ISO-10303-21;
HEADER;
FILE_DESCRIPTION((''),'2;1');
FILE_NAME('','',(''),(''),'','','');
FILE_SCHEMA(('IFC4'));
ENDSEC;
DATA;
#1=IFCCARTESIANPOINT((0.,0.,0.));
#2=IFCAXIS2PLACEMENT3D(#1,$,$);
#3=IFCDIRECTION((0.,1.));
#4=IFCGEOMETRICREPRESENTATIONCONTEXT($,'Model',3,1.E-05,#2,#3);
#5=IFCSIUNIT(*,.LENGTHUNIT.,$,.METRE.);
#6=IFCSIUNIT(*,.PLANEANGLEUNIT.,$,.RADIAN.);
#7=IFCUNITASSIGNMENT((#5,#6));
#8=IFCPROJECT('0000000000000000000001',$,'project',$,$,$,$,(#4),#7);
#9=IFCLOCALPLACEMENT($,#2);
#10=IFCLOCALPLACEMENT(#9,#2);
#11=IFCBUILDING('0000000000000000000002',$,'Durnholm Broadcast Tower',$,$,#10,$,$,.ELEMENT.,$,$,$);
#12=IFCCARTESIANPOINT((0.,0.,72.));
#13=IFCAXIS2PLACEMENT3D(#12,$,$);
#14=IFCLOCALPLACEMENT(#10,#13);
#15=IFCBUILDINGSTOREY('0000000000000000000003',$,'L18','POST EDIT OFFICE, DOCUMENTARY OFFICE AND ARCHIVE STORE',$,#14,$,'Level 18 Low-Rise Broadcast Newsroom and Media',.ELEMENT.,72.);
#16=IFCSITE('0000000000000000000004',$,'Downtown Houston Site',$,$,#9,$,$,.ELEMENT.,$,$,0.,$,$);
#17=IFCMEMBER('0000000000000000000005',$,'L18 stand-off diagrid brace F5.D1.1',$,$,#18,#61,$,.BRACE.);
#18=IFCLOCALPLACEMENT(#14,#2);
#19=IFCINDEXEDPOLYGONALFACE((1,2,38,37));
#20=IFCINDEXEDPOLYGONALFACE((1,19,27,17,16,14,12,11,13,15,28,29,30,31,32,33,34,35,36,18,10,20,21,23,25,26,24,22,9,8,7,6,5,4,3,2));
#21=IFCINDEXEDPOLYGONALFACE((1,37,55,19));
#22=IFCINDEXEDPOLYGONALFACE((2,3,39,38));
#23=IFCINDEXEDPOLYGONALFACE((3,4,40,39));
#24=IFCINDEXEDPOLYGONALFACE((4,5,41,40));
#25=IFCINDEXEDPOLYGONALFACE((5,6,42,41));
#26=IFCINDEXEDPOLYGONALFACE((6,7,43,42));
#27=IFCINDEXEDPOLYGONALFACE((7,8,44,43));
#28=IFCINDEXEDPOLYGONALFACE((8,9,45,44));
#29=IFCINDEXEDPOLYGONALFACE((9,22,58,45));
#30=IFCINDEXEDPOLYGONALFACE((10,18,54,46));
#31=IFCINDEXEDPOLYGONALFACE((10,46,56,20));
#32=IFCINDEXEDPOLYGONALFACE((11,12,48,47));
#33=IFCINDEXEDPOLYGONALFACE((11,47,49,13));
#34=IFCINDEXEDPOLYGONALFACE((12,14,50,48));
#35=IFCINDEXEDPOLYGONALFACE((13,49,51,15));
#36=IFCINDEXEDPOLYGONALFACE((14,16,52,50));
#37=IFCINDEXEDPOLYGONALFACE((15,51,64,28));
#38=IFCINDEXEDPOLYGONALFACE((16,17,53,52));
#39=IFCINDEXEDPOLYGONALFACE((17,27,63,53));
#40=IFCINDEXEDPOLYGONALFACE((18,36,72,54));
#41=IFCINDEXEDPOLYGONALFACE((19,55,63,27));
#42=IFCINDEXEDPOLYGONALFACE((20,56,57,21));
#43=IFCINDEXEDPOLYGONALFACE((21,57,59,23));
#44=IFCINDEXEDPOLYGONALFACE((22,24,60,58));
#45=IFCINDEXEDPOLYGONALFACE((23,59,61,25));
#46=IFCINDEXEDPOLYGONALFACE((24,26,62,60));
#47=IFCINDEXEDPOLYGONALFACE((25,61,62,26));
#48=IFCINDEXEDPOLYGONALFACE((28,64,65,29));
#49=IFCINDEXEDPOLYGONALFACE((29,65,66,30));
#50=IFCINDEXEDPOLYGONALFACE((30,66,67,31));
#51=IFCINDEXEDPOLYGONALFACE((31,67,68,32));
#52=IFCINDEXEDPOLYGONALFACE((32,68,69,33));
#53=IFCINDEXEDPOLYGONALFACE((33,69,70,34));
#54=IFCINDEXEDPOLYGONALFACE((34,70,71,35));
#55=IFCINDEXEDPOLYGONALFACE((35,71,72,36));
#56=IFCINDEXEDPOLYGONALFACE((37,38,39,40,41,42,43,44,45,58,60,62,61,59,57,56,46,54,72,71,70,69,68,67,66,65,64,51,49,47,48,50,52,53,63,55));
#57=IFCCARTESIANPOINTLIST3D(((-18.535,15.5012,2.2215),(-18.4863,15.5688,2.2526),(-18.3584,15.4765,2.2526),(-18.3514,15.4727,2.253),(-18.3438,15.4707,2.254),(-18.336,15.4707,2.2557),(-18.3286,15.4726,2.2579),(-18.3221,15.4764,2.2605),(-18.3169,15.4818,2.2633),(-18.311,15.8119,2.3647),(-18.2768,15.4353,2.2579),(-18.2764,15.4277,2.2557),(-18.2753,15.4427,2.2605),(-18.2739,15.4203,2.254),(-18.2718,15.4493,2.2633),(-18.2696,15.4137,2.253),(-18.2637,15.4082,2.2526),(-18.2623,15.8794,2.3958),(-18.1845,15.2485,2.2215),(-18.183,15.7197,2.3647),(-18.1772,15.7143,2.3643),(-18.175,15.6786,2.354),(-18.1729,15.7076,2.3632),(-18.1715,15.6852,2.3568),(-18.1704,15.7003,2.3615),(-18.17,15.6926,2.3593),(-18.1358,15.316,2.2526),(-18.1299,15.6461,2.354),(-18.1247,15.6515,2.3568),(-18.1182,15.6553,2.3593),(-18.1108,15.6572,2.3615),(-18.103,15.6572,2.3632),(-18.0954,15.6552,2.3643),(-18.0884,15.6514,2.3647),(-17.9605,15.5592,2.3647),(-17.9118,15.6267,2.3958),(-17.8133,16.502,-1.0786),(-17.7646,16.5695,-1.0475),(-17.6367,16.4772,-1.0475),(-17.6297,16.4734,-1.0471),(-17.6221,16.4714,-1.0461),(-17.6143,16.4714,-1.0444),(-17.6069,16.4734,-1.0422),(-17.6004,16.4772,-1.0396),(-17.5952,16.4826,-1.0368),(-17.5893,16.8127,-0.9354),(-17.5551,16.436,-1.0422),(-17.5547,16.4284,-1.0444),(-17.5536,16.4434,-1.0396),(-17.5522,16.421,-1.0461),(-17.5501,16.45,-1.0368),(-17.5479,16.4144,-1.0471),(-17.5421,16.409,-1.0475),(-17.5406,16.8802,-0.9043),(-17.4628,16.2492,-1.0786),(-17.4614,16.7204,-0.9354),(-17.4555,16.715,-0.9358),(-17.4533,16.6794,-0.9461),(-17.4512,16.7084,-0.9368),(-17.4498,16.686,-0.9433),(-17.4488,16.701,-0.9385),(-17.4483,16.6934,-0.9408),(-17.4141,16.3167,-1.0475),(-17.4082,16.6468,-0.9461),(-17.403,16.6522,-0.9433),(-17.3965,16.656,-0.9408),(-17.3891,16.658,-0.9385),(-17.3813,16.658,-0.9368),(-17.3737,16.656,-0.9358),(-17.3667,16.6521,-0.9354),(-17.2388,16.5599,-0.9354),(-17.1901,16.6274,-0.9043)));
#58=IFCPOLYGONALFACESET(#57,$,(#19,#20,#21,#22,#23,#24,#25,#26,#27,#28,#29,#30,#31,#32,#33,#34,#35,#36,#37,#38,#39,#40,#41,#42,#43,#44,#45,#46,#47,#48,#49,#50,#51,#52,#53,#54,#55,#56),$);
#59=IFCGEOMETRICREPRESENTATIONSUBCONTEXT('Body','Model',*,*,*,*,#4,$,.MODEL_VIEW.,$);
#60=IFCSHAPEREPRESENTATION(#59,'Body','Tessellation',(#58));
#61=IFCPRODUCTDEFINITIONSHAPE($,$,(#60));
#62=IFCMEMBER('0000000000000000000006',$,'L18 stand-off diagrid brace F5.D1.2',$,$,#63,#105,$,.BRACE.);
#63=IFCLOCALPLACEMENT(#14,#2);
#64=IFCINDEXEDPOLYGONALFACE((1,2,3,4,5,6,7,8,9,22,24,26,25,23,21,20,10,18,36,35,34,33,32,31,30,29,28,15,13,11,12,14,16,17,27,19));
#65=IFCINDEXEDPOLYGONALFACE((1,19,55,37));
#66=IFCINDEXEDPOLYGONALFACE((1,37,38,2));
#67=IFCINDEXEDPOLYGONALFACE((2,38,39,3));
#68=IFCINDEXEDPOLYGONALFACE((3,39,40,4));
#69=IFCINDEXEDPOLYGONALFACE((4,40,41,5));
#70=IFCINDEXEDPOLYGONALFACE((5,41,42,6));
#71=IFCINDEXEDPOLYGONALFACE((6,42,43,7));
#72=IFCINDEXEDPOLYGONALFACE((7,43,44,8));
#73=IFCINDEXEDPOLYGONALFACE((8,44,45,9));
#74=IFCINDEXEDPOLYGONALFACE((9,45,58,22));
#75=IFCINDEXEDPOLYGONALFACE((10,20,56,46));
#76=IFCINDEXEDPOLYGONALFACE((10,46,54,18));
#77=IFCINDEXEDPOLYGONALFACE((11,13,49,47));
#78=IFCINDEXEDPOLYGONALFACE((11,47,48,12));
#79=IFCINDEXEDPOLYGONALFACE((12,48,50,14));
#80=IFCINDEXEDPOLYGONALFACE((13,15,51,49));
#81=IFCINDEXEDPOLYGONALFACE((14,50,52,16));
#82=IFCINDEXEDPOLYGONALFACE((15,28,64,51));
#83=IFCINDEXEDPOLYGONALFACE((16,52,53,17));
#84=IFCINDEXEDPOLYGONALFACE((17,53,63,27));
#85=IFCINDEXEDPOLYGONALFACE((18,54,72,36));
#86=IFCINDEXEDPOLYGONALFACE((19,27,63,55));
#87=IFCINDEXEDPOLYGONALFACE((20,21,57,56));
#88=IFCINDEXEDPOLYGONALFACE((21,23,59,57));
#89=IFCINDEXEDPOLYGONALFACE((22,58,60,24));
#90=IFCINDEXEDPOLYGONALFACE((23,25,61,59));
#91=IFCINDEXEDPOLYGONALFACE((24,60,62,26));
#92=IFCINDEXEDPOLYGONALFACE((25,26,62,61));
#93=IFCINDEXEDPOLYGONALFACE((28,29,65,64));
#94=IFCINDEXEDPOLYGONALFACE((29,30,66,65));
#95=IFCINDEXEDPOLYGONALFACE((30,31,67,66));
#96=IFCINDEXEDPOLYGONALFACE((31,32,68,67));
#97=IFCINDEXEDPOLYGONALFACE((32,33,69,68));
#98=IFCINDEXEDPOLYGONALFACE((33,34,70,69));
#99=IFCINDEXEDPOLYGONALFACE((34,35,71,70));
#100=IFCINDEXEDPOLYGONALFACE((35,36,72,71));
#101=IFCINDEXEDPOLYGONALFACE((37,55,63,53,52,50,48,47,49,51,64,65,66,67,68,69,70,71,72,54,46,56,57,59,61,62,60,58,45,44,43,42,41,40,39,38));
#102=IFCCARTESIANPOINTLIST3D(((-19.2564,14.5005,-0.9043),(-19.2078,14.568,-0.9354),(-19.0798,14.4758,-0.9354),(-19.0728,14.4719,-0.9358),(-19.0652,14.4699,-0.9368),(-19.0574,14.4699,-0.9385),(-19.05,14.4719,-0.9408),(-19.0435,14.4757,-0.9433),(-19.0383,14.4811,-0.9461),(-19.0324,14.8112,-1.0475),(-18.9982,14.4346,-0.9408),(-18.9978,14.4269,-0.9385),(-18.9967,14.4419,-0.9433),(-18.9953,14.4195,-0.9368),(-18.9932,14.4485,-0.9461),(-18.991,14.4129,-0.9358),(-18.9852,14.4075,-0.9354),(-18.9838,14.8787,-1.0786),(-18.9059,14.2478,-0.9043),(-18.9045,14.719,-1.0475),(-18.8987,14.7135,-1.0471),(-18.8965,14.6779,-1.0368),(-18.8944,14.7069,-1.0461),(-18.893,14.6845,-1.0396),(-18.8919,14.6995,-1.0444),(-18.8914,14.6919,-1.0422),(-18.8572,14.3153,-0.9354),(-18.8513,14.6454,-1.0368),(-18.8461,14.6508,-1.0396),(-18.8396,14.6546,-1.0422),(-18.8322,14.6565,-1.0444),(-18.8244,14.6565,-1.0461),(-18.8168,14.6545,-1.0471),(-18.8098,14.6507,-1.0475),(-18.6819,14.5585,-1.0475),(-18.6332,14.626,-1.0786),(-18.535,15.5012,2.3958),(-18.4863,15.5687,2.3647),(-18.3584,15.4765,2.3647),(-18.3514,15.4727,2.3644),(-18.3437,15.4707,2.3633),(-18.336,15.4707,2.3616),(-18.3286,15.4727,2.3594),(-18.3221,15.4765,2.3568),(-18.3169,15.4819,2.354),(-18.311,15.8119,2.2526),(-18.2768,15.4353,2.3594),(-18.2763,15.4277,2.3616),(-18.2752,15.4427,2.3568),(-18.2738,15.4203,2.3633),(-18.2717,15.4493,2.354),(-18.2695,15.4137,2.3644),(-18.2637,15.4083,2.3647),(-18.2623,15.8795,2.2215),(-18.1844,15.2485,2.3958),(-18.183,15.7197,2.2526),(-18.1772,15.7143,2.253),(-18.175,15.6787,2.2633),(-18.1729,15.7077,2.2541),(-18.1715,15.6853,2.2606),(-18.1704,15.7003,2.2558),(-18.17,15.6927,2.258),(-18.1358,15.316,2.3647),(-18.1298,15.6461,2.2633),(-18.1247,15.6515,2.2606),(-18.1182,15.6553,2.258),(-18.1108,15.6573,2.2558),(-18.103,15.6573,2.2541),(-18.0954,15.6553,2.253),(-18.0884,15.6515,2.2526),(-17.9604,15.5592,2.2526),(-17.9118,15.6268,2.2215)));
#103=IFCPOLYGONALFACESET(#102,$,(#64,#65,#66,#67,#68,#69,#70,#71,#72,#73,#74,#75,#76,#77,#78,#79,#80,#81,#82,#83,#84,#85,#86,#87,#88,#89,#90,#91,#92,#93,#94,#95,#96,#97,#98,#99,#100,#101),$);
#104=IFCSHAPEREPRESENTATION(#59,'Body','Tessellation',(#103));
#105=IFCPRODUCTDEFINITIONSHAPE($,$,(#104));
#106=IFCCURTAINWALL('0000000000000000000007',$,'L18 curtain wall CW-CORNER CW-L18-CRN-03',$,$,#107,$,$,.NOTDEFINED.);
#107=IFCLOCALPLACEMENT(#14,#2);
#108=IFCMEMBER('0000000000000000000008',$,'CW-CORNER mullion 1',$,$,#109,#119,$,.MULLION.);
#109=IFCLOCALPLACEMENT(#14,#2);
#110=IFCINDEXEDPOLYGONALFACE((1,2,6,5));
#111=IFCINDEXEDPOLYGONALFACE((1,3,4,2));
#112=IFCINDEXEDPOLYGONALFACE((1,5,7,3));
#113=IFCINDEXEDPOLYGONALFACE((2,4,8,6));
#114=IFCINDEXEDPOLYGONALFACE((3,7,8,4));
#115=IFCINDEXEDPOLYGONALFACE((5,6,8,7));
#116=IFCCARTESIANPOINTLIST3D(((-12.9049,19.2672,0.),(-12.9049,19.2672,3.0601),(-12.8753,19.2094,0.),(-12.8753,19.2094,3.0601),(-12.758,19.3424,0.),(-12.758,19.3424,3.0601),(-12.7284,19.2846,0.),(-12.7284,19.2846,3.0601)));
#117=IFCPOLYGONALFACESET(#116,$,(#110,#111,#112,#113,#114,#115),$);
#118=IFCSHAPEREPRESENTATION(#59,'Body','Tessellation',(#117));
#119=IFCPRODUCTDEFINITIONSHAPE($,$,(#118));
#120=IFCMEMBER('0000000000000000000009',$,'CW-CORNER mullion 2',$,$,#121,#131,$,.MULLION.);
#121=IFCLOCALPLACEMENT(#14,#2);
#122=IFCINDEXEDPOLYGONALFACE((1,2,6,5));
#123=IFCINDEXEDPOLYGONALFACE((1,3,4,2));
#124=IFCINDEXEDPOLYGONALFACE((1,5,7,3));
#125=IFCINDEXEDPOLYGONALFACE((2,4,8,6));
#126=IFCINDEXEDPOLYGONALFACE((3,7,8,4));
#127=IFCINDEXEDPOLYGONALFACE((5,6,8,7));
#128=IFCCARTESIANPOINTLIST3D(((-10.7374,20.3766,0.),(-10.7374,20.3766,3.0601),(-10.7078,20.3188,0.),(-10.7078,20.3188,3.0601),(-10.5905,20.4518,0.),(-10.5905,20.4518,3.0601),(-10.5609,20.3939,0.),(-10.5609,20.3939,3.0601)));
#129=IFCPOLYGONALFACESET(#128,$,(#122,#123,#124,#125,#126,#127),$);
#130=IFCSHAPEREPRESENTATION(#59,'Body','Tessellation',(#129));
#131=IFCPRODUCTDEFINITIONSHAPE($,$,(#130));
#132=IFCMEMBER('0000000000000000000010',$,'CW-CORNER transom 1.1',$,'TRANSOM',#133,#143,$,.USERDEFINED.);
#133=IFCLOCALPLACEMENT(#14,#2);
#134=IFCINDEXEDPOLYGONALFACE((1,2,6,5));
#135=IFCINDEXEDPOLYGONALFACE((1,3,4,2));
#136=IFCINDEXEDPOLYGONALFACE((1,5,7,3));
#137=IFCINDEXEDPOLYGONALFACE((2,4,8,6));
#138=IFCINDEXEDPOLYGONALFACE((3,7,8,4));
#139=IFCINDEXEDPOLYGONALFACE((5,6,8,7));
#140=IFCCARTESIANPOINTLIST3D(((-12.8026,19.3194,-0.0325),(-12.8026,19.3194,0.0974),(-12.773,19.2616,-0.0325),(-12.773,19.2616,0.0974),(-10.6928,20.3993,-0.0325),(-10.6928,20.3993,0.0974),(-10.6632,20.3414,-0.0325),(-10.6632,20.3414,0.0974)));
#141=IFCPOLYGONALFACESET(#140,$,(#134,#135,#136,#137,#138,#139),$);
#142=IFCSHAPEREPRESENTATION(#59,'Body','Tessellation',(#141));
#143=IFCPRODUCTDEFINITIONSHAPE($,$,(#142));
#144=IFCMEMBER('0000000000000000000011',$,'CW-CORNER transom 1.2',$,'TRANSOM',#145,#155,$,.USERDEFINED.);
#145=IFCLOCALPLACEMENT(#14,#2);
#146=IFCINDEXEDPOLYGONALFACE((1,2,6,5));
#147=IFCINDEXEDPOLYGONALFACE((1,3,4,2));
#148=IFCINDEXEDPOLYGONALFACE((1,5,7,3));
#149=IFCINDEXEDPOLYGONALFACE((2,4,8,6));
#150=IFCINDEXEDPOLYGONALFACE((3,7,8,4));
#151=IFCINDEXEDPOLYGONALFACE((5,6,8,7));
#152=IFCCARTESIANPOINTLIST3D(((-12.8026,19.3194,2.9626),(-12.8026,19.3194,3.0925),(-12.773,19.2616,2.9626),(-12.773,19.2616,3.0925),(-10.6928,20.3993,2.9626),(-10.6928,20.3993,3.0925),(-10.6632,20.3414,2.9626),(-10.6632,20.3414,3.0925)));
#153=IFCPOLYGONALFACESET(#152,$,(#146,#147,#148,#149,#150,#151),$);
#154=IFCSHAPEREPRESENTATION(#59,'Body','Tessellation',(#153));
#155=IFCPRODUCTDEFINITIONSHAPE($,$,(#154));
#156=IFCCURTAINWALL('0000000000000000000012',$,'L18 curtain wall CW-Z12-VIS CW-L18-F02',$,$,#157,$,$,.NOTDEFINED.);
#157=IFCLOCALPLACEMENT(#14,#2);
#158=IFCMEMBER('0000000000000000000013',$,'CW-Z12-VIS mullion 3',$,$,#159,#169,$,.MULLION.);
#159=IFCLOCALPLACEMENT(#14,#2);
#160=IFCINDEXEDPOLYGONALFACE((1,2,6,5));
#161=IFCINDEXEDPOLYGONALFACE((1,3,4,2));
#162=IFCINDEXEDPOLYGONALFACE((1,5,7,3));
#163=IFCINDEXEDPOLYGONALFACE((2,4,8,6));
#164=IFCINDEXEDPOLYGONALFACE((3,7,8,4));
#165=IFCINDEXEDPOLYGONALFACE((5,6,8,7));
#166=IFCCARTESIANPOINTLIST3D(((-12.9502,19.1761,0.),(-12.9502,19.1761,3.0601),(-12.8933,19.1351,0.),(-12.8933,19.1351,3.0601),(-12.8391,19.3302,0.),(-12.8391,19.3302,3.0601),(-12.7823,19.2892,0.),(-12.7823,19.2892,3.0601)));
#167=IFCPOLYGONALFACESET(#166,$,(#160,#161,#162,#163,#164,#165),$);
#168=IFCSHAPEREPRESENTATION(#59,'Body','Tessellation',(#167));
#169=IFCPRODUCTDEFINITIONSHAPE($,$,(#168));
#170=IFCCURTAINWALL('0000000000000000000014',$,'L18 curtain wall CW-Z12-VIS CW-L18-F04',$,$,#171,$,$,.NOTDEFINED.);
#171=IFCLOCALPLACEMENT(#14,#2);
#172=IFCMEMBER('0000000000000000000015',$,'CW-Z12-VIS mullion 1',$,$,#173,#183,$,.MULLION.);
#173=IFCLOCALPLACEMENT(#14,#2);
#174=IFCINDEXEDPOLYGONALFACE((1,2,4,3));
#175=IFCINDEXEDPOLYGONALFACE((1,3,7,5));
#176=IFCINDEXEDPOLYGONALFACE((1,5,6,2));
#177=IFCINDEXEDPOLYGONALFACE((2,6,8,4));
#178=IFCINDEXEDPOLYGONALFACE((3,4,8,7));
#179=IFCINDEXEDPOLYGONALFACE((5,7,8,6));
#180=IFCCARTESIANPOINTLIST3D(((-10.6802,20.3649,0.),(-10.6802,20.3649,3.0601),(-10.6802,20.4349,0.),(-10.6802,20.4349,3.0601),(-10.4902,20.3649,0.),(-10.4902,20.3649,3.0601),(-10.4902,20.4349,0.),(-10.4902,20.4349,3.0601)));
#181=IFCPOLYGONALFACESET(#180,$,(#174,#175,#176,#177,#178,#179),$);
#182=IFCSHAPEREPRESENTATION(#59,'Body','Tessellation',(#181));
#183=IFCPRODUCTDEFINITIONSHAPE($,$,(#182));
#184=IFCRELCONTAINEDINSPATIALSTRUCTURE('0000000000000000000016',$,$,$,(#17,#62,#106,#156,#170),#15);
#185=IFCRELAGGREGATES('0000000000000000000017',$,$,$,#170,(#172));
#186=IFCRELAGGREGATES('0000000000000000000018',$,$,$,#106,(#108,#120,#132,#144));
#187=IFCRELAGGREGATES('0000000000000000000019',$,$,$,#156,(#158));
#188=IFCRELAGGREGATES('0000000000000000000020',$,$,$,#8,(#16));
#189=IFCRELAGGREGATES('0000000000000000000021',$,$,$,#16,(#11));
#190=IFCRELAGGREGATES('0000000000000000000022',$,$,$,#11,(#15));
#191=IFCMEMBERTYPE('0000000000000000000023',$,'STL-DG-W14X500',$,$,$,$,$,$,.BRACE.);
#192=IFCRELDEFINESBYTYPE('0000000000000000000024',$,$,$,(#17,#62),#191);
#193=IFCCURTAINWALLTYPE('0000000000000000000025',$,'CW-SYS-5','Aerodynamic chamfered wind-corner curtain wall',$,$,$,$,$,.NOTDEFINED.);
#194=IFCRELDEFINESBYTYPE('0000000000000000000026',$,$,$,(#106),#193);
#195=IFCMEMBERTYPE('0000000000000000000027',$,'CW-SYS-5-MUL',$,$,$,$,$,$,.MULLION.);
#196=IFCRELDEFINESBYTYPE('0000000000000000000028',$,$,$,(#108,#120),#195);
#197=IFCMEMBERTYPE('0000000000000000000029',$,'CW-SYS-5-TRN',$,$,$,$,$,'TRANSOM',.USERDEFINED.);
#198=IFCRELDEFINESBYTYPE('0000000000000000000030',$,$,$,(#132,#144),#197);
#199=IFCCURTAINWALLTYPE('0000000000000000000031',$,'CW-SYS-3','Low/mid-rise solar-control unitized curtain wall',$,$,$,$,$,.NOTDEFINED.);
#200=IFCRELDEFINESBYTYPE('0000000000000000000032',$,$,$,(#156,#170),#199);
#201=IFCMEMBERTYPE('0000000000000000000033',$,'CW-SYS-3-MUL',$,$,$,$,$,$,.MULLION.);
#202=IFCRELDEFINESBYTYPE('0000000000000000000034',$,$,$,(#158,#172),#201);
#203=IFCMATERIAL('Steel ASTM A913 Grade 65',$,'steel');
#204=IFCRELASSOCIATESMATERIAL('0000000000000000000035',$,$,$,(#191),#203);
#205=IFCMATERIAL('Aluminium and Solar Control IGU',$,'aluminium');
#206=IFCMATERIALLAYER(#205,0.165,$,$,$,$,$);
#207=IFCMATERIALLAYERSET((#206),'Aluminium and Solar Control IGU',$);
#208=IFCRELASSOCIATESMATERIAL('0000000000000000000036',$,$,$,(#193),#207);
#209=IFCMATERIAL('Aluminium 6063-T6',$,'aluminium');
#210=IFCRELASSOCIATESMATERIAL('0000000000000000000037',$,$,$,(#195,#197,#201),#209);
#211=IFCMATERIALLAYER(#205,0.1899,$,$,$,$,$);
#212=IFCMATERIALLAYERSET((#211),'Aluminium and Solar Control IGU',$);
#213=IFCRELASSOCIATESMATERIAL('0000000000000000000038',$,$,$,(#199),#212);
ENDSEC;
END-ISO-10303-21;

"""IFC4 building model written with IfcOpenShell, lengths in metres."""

from ifc_helpers import new_model, si_unit, direction, frame, origin, origin_2d, place, context, subcontext, project, spatial, rectangle, i_section, extrude, source, transform, mapped, material, layer, layer_set, material_profile, profile_set, type_object, type_shapes, element, aggregate, save


model = new_model("IFC4")

# Units and contexts
model_context = context("Model", 3, precision=1e-05, world=origin(), true_north=direction((0.0, 1.0)))
body_context = subcontext(model_context, "Body", "Model", "MODEL_VIEW")
ifc_project = project(units=[si_unit("LENGTHUNIT", "METRE"), si_unit("PLANEANGLEUNIT", "RADIAN")], contexts=[model_context])

# Site, building, storey
site_placement = place(None, origin())
site = spatial("IfcSite", under=ifc_project, at=site_placement, Name="Downtown Houston Site", CompositionType="ELEMENT", RefElevation=0.0)
building_placement = place(site_placement, origin())
building = spatial("IfcBuilding", under=site, at=building_placement, Name="Durnholm Broadcast Tower", CompositionType="ELEMENT")
storey_placement = place(building_placement, frame((0.0, 0.0, 72.0)))
storey = spatial("IfcBuildingStorey", under=building, at=storey_placement, Name="L18", Description="POST EDIT OFFICE, DOCUMENTARY OFFICE AND ARCHIVE STORE", LongName="Level 18 Low-Rise Broadcast Newsroom and Media", CompositionType="ELEMENT", Elevation=72.0)

# Members
ifc_material_1 = material(Name="Steel ASTM A913 Grade 65", Category="steel")
ifc_material_profile_1 = material_profile(ifc_material_1, i_section(OverallWidth=0.4321, OverallDepth=0.4978, WebThickness=0.0557, FlangeThickness=0.0889, FilletRadius=0.0305, at=origin_2d()), Name="W14X500")
ifc_profile_set_1 = profile_set([ifc_material_profile_1], Name="Steel ASTM A913 Grade 65")
member_type_1 = type_object("IfcMemberType", Name="STL-DG-W14X500", PredefinedType="BRACE", material=ifc_profile_set_1)
shared_shape_1 = source(origin(), body_context, "Body", "SweptSolid", [
    extrude(i_section(OverallWidth=0.4321, OverallDepth=0.4978, WebThickness=0.0557, FlangeThickness=0.0889, FilletRadius=0.0305, at=origin_2d()), origin(), (0.0, 0.0, 1.0), 3.5232),
])
type_shapes(member_type_1, [shared_shape_1])
for number, where, z_axis, x_axis, name in (
    (1, (-17.5017, 16.5647, -0.9915), (-0.204839, -0.284045, 0.936675), (0.811091, -0.58492, 0.0), "L18 stand-off diagrid brace F5.D1.1"),
    (2, (-18.9448, 14.5632, -0.9915), (0.204773, 0.284049, 0.936688), (-0.811185, 0.584789, 0.0), "L18 stand-off diagrid brace F5.D1.2"),
):
    element("IfcMember", number, at=place(storey_placement, frame(where, z_axis=z_axis, x_axis=x_axis)), inside=storey, type_object=member_type_1, Name=name, PredefinedType="BRACE", context=body_context, shape_type="MappedRepresentation", body=[
        mapped(shared_shape_1, transform((0.0, 0.0, 0.0), x_axis=(1.0, 0.0, 0.0), y_axis=(0.0, 1.0, 0.0), z_axis=(0.0, 0.0, 1.0), scale=1.0)),
    ])

# Curtain wall, members
ifc_material_2 = material(Name="Aluminium and Solar Control IGU", Category="aluminium")
ifc_layer_1 = layer(ifc_material_2, 0.165)
ifc_layer_set_1 = layer_set([ifc_layer_1], Name="Aluminium and Solar Control IGU")
curtain_wall_type_1 = type_object("IfcCurtainWallType", Name="CW-SYS-5", Description="Aerodynamic chamfered wind-corner curtain wall", PredefinedType="NOTDEFINED", material=ifc_layer_set_1)
curtain_wall_1_placement = place(storey_placement, origin())
curtain_wall_1 = element("IfcCurtainWall", 3, at=curtain_wall_1_placement, inside=storey, type_object=curtain_wall_type_1, Name="L18 curtain wall CW-CORNER CW-L18-CRN-03", PredefinedType="NOTDEFINED")
ifc_material_3 = material(Name="Aluminium 6063-T6", Category="aluminium")
ifc_material_profile_2 = material_profile(ifc_material_3, rectangle(XDim=0.0649, YDim=0.165, at=origin_2d()), Name="CWM65X165")
ifc_profile_set_2 = profile_set([ifc_material_profile_2], Name="Aluminium 6063-T6")
member_type_2 = type_object("IfcMemberType", Name="CW-SYS-5-MUL", PredefinedType="MULLION", material=ifc_profile_set_2)
shared_shape_2 = source(origin(), body_context, "Body", "SweptSolid", [
    extrude(rectangle(XDim=0.0649, YDim=0.165, at=origin_2d()), origin(), (0.0, 0.0, 1.0), 3.0601),
])
type_shapes(member_type_2, [shared_shape_2])
member_1_placement = place(storey_placement, frame((-12.8167, 19.2759, 0.0), z_axis=(0.0, 0.0, 1.0), x_axis=(-0.455594, 0.890188, 0.0)))
member_1 = element("IfcMember", 4, at=member_1_placement, type_object=member_type_2, Name="CW-CORNER mullion 1", PredefinedType="MULLION", context=body_context, shape_type="MappedRepresentation", body=[
    mapped(shared_shape_2, transform((0.0, 0.0, 0.0), x_axis=(1.0, 0.0, 0.0), y_axis=(0.0, 1.0, 0.0), z_axis=(0.0, 0.0, 1.0), scale=1.0)),
])
member_2_placement = place(storey_placement, frame((-10.6492, 20.3853, 0.0), z_axis=(0.0, 0.0, 1.0), x_axis=(-0.455594, 0.890188, 0.0)))
member_2 = element("IfcMember", 5, at=member_2_placement, type_object=member_type_2, Name="CW-CORNER mullion 2", PredefinedType="MULLION", context=body_context, shape_type="MappedRepresentation", body=[
    mapped(shared_shape_2, transform((0.0, 0.0, 0.0), x_axis=(1.0, 0.0, 0.0), y_axis=(0.0, 1.0, 0.0), z_axis=(0.0, 0.0, 1.0), scale=1.0)),
])
ifc_material_profile_3 = material_profile(ifc_material_3, rectangle(XDim=0.0649, YDim=0.1299, at=origin_2d()), Name="CWT65X130")
ifc_profile_set_3 = profile_set([ifc_material_profile_3], Name="Aluminium 6063-T6")
member_type_3 = type_object("IfcMemberType", Name="CW-SYS-5-TRN", ElementType="TRANSOM", PredefinedType="USERDEFINED", material=ifc_profile_set_3)
shared_shape_3 = source(origin(), body_context, "Body", "SweptSolid", [
    extrude(rectangle(XDim=0.0649, YDim=0.1299, at=origin_2d()), origin(), (0.0, 0.0, 1.0), 2.3701),
])
type_shapes(member_type_3, [shared_shape_3])
member_3_placement = place(storey_placement, frame((-12.7878, 19.2905, 0.0325), z_axis=(0.890185, 0.455599, 0.0), x_axis=(-0.455599, 0.890185, 0.0)))
member_3 = element("IfcMember", 6, at=member_3_placement, type_object=member_type_3, Name="CW-CORNER transom 1.1", ObjectType="TRANSOM", PredefinedType="USERDEFINED", context=body_context, shape_type="MappedRepresentation", body=[
    mapped(shared_shape_3, transform((0.0, 0.0, 0.0), x_axis=(1.0, 0.0, 0.0), y_axis=(0.0, 1.0, 0.0), z_axis=(0.0, 0.0, 1.0), scale=1.0)),
])
member_4_placement = place(storey_placement, frame((-12.7878, 19.2905, 3.0276), z_axis=(0.890185, 0.455599, 0.0), x_axis=(-0.455599, 0.890185, 0.0)))
member_4 = element("IfcMember", 7, at=member_4_placement, type_object=member_type_3, Name="CW-CORNER transom 1.2", ObjectType="TRANSOM", PredefinedType="USERDEFINED", context=body_context, shape_type="MappedRepresentation", body=[
    mapped(shared_shape_3, transform((0.0, 0.0, 0.0), x_axis=(1.0, 0.0, 0.0), y_axis=(0.0, 1.0, 0.0), z_axis=(0.0, 0.0, 1.0), scale=1.0)),
])

# Curtain wall, member
ifc_layer_2 = layer(ifc_material_2, 0.1899)
ifc_layer_set_2 = layer_set([ifc_layer_2], Name="Aluminium and Solar Control IGU")
curtain_wall_type_2 = type_object("IfcCurtainWallType", Name="CW-SYS-3", Description="Low/mid-rise solar-control unitized curtain wall", PredefinedType="NOTDEFINED", material=ifc_layer_set_2)
curtain_wall_2_placement = place(storey_placement, origin())
curtain_wall_2 = element("IfcCurtainWall", 8, at=curtain_wall_2_placement, inside=storey, type_object=curtain_wall_type_2, Name="L18 curtain wall CW-Z12-VIS CW-L18-F02", PredefinedType="NOTDEFINED")
ifc_material_profile_4 = material_profile(ifc_material_3, rectangle(XDim=0.0701, YDim=0.1899, at=origin_2d()), Name="CWM70X190")
ifc_profile_set_4 = profile_set([ifc_material_profile_4], Name="Aluminium 6063-T6")
member_type_4 = type_object("IfcMemberType", Name="CW-SYS-3-MUL", PredefinedType="MULLION", material=ifc_profile_set_4)
shared_shape_4 = source(origin(), body_context, "Body", "SweptSolid", [
    extrude(rectangle(XDim=0.0701, YDim=0.1899, at=origin_2d()), origin(), (0.0, 0.0, 1.0), 3.0601),
])
type_shapes(member_type_4, [shared_shape_4])
member_5_placement = place(storey_placement, frame((-12.8662, 19.2327, 0.0), z_axis=(0.0, 0.0, 1.0), x_axis=(-0.811161, 0.584823, 0.0)))
member_5 = element("IfcMember", 9, at=member_5_placement, type_object=member_type_4, Name="CW-Z12-VIS mullion 3", PredefinedType="MULLION", context=body_context, shape_type="MappedRepresentation", body=[
    mapped(shared_shape_4, transform((0.0, 0.0, 0.0), x_axis=(1.0, 0.0, 0.0), y_axis=(0.0, 1.0, 0.0), z_axis=(0.0, 0.0, 1.0), scale=1.0)),
])

# Curtain wall, member
curtain_wall_3_placement = place(storey_placement, origin())
curtain_wall_3 = element("IfcCurtainWall", 10, at=curtain_wall_3_placement, inside=storey, type_object=curtain_wall_type_2, Name="L18 curtain wall CW-Z12-VIS CW-L18-F04", PredefinedType="NOTDEFINED")
member_6_placement = place(storey_placement, frame((-10.5852, 20.3999, 0.0), z_axis=(0.0, 0.0, 1.0), x_axis=(0.0, 1.0, 0.0)))
member_6 = element("IfcMember", 11, at=member_6_placement, type_object=member_type_4, Name="CW-Z12-VIS mullion 1", PredefinedType="MULLION", context=body_context, shape_type="MappedRepresentation", body=[
    mapped(shared_shape_4, transform((0.0, 0.0, 0.0), x_axis=(1.0, 0.0, 0.0), y_axis=(0.0, 1.0, 0.0), z_axis=(0.0, 0.0, 1.0), scale=1.0)),
])
aggregate(curtain_wall_3, [member_6])

aggregate(curtain_wall_1, [member_1, member_2, member_3, member_4])
aggregate(curtain_wall_2, [member_5])

save(model, "model.ifc")
